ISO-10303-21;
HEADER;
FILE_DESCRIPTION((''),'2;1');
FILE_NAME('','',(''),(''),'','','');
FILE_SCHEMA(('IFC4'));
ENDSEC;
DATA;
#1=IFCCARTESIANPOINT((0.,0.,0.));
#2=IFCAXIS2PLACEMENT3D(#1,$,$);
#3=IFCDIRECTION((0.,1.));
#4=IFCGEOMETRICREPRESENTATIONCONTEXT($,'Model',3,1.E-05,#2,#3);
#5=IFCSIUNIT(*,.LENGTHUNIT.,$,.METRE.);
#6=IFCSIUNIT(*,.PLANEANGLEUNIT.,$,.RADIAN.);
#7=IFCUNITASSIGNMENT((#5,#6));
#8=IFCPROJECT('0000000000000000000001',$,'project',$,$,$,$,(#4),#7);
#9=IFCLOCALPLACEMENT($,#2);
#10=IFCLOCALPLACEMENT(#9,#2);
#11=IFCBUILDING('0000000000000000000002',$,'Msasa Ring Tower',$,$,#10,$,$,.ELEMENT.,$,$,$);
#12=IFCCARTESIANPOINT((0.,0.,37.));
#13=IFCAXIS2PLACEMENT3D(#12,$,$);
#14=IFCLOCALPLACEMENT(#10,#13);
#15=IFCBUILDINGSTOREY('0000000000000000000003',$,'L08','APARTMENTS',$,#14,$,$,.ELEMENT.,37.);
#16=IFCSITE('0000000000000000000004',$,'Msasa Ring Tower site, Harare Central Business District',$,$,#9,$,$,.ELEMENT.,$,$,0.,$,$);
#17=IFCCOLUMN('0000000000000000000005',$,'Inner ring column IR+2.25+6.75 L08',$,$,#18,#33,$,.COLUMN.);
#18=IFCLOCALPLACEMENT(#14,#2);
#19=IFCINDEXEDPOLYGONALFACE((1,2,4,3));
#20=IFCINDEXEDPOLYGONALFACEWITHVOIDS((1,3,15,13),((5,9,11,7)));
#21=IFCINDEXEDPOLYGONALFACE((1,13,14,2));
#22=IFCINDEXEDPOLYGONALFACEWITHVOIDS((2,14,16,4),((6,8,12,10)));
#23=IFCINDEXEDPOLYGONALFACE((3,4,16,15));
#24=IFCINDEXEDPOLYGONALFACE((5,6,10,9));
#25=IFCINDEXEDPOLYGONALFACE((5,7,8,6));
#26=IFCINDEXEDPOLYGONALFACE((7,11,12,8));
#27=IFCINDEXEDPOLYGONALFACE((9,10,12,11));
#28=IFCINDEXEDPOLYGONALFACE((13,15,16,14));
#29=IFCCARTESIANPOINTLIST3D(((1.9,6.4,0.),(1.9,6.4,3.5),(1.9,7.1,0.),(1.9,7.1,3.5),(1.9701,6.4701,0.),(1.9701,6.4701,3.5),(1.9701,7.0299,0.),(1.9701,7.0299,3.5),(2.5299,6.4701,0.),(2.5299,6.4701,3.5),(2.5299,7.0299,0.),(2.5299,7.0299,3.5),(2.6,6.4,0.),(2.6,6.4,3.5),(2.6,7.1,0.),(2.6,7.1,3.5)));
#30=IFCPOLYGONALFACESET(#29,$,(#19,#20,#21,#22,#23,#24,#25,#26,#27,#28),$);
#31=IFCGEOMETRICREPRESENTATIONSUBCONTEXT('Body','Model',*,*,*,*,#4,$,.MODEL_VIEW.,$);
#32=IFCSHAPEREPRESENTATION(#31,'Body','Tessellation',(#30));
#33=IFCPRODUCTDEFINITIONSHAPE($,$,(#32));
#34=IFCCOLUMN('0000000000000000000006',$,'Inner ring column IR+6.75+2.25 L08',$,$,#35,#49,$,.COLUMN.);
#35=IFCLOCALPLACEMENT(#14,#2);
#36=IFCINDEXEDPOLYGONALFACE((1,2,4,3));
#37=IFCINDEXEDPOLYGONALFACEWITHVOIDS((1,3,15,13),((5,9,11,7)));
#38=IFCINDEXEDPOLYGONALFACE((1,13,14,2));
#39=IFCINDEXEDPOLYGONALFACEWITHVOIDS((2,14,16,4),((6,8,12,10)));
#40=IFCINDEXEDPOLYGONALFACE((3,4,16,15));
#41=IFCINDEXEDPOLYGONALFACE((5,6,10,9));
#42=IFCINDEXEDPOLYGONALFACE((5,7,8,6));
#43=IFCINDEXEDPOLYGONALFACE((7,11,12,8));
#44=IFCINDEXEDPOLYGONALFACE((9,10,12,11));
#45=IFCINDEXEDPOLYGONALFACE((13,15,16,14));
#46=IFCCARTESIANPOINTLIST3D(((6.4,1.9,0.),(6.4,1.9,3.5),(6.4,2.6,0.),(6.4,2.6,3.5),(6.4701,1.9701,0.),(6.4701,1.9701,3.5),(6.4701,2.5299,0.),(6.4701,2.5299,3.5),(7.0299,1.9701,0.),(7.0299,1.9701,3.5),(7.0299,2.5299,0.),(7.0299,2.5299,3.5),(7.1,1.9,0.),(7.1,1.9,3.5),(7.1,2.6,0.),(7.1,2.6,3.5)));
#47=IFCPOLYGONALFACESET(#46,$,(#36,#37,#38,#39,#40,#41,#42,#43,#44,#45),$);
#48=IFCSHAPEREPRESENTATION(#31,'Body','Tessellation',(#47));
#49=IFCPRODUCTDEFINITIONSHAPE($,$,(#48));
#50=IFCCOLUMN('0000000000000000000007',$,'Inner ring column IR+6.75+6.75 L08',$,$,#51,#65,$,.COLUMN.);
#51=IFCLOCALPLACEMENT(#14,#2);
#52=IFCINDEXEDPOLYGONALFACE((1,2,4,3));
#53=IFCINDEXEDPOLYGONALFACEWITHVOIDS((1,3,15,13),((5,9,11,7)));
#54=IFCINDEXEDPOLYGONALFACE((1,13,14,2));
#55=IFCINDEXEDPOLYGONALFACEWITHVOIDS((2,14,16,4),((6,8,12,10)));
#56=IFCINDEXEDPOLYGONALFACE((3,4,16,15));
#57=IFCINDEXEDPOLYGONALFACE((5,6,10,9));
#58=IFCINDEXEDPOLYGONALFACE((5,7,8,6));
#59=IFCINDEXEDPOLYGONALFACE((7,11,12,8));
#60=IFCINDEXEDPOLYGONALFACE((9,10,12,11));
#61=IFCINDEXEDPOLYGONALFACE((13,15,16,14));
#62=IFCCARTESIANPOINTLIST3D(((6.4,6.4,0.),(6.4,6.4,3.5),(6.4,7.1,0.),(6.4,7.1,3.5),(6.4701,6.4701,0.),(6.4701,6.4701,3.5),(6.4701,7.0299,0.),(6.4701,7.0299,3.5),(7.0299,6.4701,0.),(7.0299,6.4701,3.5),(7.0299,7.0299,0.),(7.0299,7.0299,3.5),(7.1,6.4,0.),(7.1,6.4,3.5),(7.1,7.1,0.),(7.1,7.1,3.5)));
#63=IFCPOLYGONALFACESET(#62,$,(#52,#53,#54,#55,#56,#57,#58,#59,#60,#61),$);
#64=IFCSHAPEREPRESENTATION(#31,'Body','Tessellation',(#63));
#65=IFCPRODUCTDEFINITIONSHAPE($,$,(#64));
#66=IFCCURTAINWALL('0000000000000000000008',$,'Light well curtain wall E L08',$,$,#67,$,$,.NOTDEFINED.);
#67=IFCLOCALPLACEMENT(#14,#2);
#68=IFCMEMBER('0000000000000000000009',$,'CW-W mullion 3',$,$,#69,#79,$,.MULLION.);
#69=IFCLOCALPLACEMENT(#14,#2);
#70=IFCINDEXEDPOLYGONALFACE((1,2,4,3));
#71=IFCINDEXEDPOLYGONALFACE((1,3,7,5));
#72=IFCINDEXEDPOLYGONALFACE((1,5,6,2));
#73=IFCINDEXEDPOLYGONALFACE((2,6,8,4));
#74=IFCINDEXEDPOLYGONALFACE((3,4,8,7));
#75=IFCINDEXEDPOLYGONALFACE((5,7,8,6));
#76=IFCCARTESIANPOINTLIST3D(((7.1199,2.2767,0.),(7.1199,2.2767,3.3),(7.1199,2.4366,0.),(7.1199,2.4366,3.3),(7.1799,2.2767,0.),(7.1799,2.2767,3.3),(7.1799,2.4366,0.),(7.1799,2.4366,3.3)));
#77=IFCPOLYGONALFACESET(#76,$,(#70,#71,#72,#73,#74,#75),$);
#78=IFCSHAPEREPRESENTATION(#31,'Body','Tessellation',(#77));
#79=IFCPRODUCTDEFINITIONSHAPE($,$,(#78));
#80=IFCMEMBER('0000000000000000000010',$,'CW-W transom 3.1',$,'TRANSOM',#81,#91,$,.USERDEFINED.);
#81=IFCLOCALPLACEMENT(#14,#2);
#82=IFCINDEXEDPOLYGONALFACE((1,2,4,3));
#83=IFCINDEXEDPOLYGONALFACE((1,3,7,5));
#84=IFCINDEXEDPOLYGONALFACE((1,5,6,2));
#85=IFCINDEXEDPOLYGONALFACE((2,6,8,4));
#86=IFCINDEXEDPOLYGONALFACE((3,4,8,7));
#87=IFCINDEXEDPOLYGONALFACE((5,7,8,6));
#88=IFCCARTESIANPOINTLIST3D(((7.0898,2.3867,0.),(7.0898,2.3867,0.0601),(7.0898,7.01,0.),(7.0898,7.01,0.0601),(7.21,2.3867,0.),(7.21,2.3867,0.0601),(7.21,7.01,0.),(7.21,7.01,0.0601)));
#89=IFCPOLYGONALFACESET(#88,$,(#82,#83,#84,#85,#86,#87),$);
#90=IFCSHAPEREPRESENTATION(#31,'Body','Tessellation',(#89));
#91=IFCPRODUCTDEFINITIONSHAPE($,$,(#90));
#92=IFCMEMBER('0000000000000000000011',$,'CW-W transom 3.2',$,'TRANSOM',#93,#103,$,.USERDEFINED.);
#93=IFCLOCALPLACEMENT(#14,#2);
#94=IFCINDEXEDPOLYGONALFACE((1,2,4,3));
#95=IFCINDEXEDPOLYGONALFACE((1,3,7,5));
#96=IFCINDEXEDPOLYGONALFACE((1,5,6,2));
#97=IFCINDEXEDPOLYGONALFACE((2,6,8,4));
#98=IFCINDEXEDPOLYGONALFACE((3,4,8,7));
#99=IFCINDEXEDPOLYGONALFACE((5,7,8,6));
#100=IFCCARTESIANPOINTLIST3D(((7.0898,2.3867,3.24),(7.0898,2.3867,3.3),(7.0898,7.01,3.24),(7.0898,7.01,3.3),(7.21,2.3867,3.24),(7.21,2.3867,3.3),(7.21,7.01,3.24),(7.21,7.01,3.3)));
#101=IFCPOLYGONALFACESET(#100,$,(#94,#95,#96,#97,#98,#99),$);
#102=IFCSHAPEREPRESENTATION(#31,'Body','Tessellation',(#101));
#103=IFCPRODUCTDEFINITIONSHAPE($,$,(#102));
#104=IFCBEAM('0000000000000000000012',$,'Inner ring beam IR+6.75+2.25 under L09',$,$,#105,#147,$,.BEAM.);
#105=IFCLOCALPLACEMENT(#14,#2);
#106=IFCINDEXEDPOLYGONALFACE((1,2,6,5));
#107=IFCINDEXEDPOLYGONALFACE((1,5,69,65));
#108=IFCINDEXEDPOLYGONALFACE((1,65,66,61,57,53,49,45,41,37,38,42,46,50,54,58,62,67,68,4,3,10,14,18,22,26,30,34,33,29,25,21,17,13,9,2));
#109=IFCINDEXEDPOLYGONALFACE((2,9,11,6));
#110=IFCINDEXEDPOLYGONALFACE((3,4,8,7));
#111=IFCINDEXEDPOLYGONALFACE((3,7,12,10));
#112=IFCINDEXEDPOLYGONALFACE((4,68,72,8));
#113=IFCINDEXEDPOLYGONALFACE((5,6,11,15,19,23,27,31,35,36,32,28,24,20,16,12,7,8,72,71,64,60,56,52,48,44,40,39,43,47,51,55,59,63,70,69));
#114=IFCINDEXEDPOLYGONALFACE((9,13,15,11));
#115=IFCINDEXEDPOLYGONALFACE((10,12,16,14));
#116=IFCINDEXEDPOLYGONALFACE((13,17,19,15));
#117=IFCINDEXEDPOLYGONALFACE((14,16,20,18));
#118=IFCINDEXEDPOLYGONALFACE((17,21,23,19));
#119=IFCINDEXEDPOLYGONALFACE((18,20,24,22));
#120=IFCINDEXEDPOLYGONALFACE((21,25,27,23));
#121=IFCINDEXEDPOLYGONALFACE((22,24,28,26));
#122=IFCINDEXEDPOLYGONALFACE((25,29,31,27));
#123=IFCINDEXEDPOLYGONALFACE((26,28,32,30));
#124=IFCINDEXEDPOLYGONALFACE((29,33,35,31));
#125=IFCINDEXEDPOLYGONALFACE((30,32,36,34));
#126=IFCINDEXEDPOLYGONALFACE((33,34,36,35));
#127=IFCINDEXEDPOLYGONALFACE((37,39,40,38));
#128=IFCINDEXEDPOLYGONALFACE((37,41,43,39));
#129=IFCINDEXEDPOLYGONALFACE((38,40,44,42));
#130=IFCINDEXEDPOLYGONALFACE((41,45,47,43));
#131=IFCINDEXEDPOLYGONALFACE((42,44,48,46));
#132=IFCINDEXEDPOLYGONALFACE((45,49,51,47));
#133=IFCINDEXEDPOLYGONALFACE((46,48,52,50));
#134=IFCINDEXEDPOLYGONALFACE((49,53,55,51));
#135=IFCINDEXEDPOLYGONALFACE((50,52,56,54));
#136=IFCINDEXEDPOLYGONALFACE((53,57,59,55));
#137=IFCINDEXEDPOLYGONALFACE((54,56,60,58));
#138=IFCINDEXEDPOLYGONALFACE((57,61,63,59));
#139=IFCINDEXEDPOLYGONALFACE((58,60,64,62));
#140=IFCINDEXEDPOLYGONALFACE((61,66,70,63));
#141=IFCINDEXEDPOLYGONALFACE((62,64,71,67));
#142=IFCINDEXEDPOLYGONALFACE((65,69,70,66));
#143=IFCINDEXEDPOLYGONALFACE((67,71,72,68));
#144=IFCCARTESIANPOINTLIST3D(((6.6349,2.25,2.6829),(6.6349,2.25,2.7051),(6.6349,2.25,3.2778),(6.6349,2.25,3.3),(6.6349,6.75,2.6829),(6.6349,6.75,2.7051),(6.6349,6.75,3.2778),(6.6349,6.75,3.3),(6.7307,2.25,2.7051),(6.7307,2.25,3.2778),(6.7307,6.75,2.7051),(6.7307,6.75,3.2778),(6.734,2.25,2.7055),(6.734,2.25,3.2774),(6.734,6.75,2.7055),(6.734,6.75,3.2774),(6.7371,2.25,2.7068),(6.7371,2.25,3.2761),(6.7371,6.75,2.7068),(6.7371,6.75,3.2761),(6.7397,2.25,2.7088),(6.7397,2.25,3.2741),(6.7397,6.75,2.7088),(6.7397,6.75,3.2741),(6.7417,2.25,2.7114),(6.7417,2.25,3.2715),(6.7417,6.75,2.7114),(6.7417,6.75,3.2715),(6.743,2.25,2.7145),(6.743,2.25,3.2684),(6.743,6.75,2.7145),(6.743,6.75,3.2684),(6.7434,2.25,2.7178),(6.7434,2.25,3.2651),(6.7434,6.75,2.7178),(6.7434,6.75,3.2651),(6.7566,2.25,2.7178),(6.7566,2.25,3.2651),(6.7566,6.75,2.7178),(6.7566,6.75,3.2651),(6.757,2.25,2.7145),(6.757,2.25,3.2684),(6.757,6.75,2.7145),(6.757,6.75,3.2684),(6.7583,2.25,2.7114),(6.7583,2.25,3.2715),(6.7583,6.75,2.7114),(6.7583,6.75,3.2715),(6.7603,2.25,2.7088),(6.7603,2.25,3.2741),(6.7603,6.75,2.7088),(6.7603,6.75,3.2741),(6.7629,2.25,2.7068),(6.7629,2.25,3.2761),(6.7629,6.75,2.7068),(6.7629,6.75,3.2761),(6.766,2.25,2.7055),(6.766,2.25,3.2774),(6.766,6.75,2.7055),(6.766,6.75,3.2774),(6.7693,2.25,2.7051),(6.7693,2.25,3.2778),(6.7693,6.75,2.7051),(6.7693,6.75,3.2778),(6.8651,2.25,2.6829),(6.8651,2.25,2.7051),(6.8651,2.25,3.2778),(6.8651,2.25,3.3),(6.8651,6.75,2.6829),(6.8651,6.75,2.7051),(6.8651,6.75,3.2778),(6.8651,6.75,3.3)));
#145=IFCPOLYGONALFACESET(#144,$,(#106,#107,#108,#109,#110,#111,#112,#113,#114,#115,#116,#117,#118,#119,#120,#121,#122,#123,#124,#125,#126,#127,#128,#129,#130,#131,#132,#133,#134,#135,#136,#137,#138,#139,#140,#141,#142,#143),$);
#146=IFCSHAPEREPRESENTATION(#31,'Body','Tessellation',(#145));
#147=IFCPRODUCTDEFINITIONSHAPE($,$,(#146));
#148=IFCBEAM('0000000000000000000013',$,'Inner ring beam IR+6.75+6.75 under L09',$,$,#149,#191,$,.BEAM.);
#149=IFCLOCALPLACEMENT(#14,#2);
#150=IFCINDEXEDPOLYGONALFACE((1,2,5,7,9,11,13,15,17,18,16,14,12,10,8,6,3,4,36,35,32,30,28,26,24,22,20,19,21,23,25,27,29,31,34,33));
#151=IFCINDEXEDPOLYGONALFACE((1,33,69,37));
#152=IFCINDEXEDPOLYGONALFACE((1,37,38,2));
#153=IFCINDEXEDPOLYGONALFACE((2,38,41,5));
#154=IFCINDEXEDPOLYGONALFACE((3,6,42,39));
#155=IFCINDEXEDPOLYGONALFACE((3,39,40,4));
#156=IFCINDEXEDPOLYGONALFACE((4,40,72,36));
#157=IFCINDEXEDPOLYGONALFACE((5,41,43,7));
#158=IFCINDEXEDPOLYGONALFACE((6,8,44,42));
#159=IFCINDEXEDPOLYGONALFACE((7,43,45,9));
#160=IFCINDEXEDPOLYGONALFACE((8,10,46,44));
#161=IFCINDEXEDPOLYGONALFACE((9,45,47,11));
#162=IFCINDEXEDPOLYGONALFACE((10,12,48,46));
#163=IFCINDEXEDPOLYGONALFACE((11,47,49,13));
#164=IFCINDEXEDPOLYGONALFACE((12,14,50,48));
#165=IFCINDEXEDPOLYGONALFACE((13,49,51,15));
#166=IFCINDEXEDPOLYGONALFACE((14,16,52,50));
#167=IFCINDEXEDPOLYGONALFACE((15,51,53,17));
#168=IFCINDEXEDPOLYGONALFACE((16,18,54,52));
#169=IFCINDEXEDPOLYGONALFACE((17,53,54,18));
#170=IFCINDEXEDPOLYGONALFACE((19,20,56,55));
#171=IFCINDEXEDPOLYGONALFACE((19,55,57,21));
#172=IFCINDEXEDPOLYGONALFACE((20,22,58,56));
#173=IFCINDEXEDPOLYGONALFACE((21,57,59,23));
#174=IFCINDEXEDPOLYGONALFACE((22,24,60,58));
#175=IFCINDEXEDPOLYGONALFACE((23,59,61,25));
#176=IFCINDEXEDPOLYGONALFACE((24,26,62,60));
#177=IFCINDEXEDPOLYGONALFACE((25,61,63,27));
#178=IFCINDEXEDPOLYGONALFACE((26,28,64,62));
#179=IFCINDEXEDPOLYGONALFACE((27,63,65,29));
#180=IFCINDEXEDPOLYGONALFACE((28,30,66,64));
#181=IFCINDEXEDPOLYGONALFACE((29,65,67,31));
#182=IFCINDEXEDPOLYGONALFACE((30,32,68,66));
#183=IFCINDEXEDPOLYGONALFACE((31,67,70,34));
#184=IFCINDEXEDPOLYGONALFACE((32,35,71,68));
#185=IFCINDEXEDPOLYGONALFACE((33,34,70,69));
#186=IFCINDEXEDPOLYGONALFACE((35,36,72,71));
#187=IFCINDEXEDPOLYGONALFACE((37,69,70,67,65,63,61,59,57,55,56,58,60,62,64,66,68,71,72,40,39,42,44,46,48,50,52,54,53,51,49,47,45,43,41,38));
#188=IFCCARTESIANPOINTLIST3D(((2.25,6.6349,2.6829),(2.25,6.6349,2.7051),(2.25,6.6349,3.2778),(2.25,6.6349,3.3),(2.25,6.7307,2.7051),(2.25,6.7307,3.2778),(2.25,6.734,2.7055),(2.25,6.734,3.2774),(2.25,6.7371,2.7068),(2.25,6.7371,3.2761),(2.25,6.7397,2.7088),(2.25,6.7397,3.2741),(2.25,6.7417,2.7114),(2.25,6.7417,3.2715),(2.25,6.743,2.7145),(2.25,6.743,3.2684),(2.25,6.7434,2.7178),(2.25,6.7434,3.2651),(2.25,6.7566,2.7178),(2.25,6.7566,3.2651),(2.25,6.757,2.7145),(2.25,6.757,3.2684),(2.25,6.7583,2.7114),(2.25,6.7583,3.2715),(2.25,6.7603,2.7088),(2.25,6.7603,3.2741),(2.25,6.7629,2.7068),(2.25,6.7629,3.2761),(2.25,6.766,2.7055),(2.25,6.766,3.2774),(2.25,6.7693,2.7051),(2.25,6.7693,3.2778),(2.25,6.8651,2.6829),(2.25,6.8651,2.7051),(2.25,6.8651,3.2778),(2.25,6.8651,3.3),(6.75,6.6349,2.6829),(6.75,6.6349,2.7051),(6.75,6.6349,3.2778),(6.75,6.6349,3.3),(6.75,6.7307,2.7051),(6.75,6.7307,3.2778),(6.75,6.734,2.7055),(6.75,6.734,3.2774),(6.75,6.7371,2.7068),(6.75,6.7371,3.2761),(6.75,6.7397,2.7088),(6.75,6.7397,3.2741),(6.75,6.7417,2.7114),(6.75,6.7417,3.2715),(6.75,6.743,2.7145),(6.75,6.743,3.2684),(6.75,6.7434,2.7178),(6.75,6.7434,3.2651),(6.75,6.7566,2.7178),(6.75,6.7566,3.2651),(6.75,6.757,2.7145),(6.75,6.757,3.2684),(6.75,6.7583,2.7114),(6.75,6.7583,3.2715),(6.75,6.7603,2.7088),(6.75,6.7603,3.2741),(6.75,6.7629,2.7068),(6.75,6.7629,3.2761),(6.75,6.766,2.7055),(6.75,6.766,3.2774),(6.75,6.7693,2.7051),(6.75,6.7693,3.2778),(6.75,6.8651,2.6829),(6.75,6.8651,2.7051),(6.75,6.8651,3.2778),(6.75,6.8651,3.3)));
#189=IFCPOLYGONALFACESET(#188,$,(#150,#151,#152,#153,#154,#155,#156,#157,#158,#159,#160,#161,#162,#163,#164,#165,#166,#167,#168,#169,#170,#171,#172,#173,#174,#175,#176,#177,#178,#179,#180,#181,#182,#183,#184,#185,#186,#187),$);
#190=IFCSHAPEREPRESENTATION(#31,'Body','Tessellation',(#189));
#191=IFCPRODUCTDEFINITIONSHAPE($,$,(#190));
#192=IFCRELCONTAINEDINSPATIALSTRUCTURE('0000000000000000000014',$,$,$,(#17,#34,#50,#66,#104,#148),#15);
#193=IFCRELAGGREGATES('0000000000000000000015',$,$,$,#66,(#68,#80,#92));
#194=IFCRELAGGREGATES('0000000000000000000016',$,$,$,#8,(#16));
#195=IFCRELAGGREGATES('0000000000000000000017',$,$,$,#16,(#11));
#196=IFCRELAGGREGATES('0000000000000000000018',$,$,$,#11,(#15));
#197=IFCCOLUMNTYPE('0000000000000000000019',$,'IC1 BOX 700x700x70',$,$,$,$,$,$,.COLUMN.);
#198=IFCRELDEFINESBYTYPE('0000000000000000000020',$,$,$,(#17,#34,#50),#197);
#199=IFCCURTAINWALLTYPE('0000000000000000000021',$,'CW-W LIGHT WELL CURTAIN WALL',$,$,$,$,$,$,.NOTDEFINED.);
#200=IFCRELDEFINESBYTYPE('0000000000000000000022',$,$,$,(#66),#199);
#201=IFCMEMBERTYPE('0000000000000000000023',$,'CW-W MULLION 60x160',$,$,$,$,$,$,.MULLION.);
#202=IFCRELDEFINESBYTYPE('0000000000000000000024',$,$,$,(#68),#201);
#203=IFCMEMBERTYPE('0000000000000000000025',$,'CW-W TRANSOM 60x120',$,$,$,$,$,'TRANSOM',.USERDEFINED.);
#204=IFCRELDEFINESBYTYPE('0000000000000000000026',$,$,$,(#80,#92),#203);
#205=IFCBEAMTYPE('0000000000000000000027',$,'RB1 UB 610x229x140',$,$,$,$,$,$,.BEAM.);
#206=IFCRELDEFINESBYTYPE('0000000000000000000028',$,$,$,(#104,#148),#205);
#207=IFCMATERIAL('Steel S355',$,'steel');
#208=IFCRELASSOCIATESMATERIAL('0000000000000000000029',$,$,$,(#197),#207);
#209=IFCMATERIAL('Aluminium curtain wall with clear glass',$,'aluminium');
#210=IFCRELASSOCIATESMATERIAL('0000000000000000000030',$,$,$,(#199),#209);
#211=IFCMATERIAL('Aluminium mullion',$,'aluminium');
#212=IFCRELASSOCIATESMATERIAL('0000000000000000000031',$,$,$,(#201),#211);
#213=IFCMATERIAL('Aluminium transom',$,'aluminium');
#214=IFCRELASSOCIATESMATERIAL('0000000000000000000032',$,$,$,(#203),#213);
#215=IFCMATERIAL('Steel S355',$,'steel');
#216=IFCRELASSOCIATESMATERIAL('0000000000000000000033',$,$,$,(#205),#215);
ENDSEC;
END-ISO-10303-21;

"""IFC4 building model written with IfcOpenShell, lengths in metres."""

from ifc_helpers import new_model, si_unit, direction, frame, origin, origin_2d, place, context, subcontext, project, spatial, rectangle, hollow_rectangle, i_section, extrude, material, material_profile, profile_set, type_object, element, aggregate, save


model = new_model("IFC4")

# Units and contexts
model_context = context("Model", 3, precision=1e-05, world=origin(), true_north=direction((0.0, 1.0)))
body_context = subcontext(model_context, "Body", "Model", "MODEL_VIEW")
ifc_project = project(units=[si_unit("LENGTHUNIT", "METRE"), si_unit("PLANEANGLEUNIT", "RADIAN")], contexts=[model_context])

# Site, building, storey
site_placement = place(None, origin())
site = spatial("IfcSite", under=ifc_project, at=site_placement, Name="Msasa Ring Tower site, Harare Central Business District", CompositionType="ELEMENT", RefElevation=0.0)
building_placement = place(site_placement, origin())
building = spatial("IfcBuilding", under=site, at=building_placement, Name="Msasa Ring Tower", CompositionType="ELEMENT")
storey_placement = place(building_placement, frame((0.0, 0.0, 37.0)))
storey = spatial("IfcBuildingStorey", under=building, at=storey_placement, Name="L08", Description="APARTMENTS", CompositionType="ELEMENT", Elevation=37.0)

# Columns
ifc_material_1 = material(Name="Steel S355", Category="steel")
ifc_material_profile_1 = material_profile(ifc_material_1, hollow_rectangle(XDim=0.7, YDim=0.7, WallThickness=0.0701, at=origin_2d()), Name="BOX 700x700x70")
ifc_profile_set_1 = profile_set([ifc_material_profile_1], Name="Steel S355")
column_type = type_object("IfcColumnType", Name="IC1 BOX 700x700x70", PredefinedType="COLUMN", material=ifc_profile_set_1)
for number, where, z_axis, x_axis, name in (
    (1, (2.25, 6.75, 0.0), (0.0, 0.0, 1.0), (1.0, 0.0, 0.0), "Inner ring column IR+2.25+6.75 L08"),
    (2, (6.75, 2.25, 0.0), (0.0, 0.0, 1.0), (1.0, 0.0, 0.0), "Inner ring column IR+6.75+2.25 L08"),
    (3, (6.75, 6.75, 0.0), (0.0, 0.0, 1.0), (1.0, 0.0, 0.0), "Inner ring column IR+6.75+6.75 L08"),
):
    element("IfcColumn", number, at=place(storey_placement, frame(where, z_axis=z_axis, x_axis=x_axis)), inside=storey, type_object=column_type, Name=name, PredefinedType="COLUMN", context=body_context, shape_type="SweptSolid", body=[
        extrude(hollow_rectangle(XDim=0.7, YDim=0.7, WallThickness=0.0701, at=origin_2d()), origin(), (0.0, 0.0, 1.0), 3.5),
    ])

# Curtain wall, members
ifc_material_2 = material(Name="Aluminium curtain wall with clear glass", Category="aluminium")
curtain_wall_type = type_object("IfcCurtainWallType", Name="CW-W LIGHT WELL CURTAIN WALL", PredefinedType="NOTDEFINED", material=ifc_material_2)
curtain_wall_placement = place(storey_placement, origin())
curtain_wall = element("IfcCurtainWall", 4, at=curtain_wall_placement, inside=storey, type_object=curtain_wall_type, Name="Light well curtain wall E L08", PredefinedType="NOTDEFINED")
ifc_material_3 = material(Name="Aluminium mullion", Category="aluminium")
ifc_material_profile_2 = material_profile(ifc_material_3, rectangle(XDim=0.0601, YDim=0.1599, at=origin_2d()), Name="AL 60x160")
ifc_profile_set_2 = profile_set([ifc_material_profile_2], Name="Aluminium mullion")
member_type_1 = type_object("IfcMemberType", Name="CW-W MULLION 60x160", PredefinedType="MULLION", material=ifc_profile_set_2)
member_1_placement = place(storey_placement, frame((7.1499, 2.3567, 0.0), z_axis=(0.0, 0.0, 1.0), x_axis=(-1.0, 0.0, 0.0)))
member_1 = element("IfcMember", 5, at=member_1_placement, type_object=member_type_1, Name="CW-W mullion 3", PredefinedType="MULLION", context=body_context, shape_type="SweptSolid", body=[
    extrude(rectangle(XDim=0.0601, YDim=0.1599, at=origin_2d()), origin(), (0.0, 0.0, 1.0), 3.3),
])
ifc_material_4 = material(Name="Aluminium transom", Category="aluminium")
ifc_material_profile_3 = material_profile(ifc_material_4, rectangle(XDim=0.1201, YDim=0.0601, at=origin_2d()), Name="AL 60x120")
ifc_profile_set_3 = profile_set([ifc_material_profile_3], Name="Aluminium transom")
member_type_2 = type_object("IfcMemberType", Name="CW-W TRANSOM 60x120", ElementType="TRANSOM", PredefinedType="USERDEFINED", material=ifc_profile_set_3)
member_2_placement = place(storey_placement, frame((7.1499, 2.3867, 0.03), z_axis=(0.0, 1.0, 0.0), x_axis=(-1.0, 0.0, 0.0)))
member_2 = element("IfcMember", 6, at=member_2_placement, type_object=member_type_2, Name="CW-W transom 3.1", ObjectType="TRANSOM", PredefinedType="USERDEFINED", context=body_context, shape_type="SweptSolid", body=[
    extrude(rectangle(XDim=0.1201, YDim=0.0601, at=origin_2d()), origin(), (0.0, 0.0, 1.0), 4.6233),
])
member_3_placement = place(storey_placement, frame((7.1499, 2.3867, 3.27), z_axis=(0.0, 1.0, 0.0), x_axis=(-1.0, 0.0, 0.0)))
member_3 = element("IfcMember", 7, at=member_3_placement, type_object=member_type_2, Name="CW-W transom 3.2", ObjectType="TRANSOM", PredefinedType="USERDEFINED", context=body_context, shape_type="SweptSolid", body=[
    extrude(rectangle(XDim=0.1201, YDim=0.0601, at=origin_2d()), origin(), (0.0, 0.0, 1.0), 4.6233),
])

# Beams
ifc_material_5 = material(Name="Steel S355", Category="steel")
ifc_material_profile_4 = material_profile(ifc_material_5, i_section(OverallWidth=0.2302, OverallDepth=0.6172, WebThickness=0.0132, FlangeThickness=0.0222, FilletRadius=0.0127, at=origin_2d()), Name="UB 610x229x140")
ifc_profile_set_4 = profile_set([ifc_material_profile_4], Name="Steel S355")
beam_type = type_object("IfcBeamType", Name="RB1 UB 610x229x140", PredefinedType="BEAM", material=ifc_profile_set_4)
for number, where, z_axis, x_axis, name in (
    (8, (6.75, 2.25, 2.9915), (0.0, 1.0, 0.0), (-1.0, 0.0, 0.0), "Inner ring beam IR+6.75+2.25 under L09"),
    (9, (6.75, 6.75, 2.9915), (-1.0, 0.0, 0.0), (0.0, -1.0, 0.0), "Inner ring beam IR+6.75+6.75 under L09"),
):
    element("IfcBeam", number, at=place(storey_placement, frame(where, z_axis=z_axis, x_axis=x_axis)), inside=storey, type_object=beam_type, Name=name, PredefinedType="BEAM", context=body_context, shape_type="SweptSolid", body=[
        extrude(i_section(OverallWidth=0.2302, OverallDepth=0.6172, WebThickness=0.0132, FlangeThickness=0.0222, FilletRadius=0.0127, at=origin_2d()), origin(), (0.0, 0.0, 1.0), 4.5),
    ])

aggregate(curtain_wall, [member_1, member_2, member_3])

save(model, "model.ifc")
